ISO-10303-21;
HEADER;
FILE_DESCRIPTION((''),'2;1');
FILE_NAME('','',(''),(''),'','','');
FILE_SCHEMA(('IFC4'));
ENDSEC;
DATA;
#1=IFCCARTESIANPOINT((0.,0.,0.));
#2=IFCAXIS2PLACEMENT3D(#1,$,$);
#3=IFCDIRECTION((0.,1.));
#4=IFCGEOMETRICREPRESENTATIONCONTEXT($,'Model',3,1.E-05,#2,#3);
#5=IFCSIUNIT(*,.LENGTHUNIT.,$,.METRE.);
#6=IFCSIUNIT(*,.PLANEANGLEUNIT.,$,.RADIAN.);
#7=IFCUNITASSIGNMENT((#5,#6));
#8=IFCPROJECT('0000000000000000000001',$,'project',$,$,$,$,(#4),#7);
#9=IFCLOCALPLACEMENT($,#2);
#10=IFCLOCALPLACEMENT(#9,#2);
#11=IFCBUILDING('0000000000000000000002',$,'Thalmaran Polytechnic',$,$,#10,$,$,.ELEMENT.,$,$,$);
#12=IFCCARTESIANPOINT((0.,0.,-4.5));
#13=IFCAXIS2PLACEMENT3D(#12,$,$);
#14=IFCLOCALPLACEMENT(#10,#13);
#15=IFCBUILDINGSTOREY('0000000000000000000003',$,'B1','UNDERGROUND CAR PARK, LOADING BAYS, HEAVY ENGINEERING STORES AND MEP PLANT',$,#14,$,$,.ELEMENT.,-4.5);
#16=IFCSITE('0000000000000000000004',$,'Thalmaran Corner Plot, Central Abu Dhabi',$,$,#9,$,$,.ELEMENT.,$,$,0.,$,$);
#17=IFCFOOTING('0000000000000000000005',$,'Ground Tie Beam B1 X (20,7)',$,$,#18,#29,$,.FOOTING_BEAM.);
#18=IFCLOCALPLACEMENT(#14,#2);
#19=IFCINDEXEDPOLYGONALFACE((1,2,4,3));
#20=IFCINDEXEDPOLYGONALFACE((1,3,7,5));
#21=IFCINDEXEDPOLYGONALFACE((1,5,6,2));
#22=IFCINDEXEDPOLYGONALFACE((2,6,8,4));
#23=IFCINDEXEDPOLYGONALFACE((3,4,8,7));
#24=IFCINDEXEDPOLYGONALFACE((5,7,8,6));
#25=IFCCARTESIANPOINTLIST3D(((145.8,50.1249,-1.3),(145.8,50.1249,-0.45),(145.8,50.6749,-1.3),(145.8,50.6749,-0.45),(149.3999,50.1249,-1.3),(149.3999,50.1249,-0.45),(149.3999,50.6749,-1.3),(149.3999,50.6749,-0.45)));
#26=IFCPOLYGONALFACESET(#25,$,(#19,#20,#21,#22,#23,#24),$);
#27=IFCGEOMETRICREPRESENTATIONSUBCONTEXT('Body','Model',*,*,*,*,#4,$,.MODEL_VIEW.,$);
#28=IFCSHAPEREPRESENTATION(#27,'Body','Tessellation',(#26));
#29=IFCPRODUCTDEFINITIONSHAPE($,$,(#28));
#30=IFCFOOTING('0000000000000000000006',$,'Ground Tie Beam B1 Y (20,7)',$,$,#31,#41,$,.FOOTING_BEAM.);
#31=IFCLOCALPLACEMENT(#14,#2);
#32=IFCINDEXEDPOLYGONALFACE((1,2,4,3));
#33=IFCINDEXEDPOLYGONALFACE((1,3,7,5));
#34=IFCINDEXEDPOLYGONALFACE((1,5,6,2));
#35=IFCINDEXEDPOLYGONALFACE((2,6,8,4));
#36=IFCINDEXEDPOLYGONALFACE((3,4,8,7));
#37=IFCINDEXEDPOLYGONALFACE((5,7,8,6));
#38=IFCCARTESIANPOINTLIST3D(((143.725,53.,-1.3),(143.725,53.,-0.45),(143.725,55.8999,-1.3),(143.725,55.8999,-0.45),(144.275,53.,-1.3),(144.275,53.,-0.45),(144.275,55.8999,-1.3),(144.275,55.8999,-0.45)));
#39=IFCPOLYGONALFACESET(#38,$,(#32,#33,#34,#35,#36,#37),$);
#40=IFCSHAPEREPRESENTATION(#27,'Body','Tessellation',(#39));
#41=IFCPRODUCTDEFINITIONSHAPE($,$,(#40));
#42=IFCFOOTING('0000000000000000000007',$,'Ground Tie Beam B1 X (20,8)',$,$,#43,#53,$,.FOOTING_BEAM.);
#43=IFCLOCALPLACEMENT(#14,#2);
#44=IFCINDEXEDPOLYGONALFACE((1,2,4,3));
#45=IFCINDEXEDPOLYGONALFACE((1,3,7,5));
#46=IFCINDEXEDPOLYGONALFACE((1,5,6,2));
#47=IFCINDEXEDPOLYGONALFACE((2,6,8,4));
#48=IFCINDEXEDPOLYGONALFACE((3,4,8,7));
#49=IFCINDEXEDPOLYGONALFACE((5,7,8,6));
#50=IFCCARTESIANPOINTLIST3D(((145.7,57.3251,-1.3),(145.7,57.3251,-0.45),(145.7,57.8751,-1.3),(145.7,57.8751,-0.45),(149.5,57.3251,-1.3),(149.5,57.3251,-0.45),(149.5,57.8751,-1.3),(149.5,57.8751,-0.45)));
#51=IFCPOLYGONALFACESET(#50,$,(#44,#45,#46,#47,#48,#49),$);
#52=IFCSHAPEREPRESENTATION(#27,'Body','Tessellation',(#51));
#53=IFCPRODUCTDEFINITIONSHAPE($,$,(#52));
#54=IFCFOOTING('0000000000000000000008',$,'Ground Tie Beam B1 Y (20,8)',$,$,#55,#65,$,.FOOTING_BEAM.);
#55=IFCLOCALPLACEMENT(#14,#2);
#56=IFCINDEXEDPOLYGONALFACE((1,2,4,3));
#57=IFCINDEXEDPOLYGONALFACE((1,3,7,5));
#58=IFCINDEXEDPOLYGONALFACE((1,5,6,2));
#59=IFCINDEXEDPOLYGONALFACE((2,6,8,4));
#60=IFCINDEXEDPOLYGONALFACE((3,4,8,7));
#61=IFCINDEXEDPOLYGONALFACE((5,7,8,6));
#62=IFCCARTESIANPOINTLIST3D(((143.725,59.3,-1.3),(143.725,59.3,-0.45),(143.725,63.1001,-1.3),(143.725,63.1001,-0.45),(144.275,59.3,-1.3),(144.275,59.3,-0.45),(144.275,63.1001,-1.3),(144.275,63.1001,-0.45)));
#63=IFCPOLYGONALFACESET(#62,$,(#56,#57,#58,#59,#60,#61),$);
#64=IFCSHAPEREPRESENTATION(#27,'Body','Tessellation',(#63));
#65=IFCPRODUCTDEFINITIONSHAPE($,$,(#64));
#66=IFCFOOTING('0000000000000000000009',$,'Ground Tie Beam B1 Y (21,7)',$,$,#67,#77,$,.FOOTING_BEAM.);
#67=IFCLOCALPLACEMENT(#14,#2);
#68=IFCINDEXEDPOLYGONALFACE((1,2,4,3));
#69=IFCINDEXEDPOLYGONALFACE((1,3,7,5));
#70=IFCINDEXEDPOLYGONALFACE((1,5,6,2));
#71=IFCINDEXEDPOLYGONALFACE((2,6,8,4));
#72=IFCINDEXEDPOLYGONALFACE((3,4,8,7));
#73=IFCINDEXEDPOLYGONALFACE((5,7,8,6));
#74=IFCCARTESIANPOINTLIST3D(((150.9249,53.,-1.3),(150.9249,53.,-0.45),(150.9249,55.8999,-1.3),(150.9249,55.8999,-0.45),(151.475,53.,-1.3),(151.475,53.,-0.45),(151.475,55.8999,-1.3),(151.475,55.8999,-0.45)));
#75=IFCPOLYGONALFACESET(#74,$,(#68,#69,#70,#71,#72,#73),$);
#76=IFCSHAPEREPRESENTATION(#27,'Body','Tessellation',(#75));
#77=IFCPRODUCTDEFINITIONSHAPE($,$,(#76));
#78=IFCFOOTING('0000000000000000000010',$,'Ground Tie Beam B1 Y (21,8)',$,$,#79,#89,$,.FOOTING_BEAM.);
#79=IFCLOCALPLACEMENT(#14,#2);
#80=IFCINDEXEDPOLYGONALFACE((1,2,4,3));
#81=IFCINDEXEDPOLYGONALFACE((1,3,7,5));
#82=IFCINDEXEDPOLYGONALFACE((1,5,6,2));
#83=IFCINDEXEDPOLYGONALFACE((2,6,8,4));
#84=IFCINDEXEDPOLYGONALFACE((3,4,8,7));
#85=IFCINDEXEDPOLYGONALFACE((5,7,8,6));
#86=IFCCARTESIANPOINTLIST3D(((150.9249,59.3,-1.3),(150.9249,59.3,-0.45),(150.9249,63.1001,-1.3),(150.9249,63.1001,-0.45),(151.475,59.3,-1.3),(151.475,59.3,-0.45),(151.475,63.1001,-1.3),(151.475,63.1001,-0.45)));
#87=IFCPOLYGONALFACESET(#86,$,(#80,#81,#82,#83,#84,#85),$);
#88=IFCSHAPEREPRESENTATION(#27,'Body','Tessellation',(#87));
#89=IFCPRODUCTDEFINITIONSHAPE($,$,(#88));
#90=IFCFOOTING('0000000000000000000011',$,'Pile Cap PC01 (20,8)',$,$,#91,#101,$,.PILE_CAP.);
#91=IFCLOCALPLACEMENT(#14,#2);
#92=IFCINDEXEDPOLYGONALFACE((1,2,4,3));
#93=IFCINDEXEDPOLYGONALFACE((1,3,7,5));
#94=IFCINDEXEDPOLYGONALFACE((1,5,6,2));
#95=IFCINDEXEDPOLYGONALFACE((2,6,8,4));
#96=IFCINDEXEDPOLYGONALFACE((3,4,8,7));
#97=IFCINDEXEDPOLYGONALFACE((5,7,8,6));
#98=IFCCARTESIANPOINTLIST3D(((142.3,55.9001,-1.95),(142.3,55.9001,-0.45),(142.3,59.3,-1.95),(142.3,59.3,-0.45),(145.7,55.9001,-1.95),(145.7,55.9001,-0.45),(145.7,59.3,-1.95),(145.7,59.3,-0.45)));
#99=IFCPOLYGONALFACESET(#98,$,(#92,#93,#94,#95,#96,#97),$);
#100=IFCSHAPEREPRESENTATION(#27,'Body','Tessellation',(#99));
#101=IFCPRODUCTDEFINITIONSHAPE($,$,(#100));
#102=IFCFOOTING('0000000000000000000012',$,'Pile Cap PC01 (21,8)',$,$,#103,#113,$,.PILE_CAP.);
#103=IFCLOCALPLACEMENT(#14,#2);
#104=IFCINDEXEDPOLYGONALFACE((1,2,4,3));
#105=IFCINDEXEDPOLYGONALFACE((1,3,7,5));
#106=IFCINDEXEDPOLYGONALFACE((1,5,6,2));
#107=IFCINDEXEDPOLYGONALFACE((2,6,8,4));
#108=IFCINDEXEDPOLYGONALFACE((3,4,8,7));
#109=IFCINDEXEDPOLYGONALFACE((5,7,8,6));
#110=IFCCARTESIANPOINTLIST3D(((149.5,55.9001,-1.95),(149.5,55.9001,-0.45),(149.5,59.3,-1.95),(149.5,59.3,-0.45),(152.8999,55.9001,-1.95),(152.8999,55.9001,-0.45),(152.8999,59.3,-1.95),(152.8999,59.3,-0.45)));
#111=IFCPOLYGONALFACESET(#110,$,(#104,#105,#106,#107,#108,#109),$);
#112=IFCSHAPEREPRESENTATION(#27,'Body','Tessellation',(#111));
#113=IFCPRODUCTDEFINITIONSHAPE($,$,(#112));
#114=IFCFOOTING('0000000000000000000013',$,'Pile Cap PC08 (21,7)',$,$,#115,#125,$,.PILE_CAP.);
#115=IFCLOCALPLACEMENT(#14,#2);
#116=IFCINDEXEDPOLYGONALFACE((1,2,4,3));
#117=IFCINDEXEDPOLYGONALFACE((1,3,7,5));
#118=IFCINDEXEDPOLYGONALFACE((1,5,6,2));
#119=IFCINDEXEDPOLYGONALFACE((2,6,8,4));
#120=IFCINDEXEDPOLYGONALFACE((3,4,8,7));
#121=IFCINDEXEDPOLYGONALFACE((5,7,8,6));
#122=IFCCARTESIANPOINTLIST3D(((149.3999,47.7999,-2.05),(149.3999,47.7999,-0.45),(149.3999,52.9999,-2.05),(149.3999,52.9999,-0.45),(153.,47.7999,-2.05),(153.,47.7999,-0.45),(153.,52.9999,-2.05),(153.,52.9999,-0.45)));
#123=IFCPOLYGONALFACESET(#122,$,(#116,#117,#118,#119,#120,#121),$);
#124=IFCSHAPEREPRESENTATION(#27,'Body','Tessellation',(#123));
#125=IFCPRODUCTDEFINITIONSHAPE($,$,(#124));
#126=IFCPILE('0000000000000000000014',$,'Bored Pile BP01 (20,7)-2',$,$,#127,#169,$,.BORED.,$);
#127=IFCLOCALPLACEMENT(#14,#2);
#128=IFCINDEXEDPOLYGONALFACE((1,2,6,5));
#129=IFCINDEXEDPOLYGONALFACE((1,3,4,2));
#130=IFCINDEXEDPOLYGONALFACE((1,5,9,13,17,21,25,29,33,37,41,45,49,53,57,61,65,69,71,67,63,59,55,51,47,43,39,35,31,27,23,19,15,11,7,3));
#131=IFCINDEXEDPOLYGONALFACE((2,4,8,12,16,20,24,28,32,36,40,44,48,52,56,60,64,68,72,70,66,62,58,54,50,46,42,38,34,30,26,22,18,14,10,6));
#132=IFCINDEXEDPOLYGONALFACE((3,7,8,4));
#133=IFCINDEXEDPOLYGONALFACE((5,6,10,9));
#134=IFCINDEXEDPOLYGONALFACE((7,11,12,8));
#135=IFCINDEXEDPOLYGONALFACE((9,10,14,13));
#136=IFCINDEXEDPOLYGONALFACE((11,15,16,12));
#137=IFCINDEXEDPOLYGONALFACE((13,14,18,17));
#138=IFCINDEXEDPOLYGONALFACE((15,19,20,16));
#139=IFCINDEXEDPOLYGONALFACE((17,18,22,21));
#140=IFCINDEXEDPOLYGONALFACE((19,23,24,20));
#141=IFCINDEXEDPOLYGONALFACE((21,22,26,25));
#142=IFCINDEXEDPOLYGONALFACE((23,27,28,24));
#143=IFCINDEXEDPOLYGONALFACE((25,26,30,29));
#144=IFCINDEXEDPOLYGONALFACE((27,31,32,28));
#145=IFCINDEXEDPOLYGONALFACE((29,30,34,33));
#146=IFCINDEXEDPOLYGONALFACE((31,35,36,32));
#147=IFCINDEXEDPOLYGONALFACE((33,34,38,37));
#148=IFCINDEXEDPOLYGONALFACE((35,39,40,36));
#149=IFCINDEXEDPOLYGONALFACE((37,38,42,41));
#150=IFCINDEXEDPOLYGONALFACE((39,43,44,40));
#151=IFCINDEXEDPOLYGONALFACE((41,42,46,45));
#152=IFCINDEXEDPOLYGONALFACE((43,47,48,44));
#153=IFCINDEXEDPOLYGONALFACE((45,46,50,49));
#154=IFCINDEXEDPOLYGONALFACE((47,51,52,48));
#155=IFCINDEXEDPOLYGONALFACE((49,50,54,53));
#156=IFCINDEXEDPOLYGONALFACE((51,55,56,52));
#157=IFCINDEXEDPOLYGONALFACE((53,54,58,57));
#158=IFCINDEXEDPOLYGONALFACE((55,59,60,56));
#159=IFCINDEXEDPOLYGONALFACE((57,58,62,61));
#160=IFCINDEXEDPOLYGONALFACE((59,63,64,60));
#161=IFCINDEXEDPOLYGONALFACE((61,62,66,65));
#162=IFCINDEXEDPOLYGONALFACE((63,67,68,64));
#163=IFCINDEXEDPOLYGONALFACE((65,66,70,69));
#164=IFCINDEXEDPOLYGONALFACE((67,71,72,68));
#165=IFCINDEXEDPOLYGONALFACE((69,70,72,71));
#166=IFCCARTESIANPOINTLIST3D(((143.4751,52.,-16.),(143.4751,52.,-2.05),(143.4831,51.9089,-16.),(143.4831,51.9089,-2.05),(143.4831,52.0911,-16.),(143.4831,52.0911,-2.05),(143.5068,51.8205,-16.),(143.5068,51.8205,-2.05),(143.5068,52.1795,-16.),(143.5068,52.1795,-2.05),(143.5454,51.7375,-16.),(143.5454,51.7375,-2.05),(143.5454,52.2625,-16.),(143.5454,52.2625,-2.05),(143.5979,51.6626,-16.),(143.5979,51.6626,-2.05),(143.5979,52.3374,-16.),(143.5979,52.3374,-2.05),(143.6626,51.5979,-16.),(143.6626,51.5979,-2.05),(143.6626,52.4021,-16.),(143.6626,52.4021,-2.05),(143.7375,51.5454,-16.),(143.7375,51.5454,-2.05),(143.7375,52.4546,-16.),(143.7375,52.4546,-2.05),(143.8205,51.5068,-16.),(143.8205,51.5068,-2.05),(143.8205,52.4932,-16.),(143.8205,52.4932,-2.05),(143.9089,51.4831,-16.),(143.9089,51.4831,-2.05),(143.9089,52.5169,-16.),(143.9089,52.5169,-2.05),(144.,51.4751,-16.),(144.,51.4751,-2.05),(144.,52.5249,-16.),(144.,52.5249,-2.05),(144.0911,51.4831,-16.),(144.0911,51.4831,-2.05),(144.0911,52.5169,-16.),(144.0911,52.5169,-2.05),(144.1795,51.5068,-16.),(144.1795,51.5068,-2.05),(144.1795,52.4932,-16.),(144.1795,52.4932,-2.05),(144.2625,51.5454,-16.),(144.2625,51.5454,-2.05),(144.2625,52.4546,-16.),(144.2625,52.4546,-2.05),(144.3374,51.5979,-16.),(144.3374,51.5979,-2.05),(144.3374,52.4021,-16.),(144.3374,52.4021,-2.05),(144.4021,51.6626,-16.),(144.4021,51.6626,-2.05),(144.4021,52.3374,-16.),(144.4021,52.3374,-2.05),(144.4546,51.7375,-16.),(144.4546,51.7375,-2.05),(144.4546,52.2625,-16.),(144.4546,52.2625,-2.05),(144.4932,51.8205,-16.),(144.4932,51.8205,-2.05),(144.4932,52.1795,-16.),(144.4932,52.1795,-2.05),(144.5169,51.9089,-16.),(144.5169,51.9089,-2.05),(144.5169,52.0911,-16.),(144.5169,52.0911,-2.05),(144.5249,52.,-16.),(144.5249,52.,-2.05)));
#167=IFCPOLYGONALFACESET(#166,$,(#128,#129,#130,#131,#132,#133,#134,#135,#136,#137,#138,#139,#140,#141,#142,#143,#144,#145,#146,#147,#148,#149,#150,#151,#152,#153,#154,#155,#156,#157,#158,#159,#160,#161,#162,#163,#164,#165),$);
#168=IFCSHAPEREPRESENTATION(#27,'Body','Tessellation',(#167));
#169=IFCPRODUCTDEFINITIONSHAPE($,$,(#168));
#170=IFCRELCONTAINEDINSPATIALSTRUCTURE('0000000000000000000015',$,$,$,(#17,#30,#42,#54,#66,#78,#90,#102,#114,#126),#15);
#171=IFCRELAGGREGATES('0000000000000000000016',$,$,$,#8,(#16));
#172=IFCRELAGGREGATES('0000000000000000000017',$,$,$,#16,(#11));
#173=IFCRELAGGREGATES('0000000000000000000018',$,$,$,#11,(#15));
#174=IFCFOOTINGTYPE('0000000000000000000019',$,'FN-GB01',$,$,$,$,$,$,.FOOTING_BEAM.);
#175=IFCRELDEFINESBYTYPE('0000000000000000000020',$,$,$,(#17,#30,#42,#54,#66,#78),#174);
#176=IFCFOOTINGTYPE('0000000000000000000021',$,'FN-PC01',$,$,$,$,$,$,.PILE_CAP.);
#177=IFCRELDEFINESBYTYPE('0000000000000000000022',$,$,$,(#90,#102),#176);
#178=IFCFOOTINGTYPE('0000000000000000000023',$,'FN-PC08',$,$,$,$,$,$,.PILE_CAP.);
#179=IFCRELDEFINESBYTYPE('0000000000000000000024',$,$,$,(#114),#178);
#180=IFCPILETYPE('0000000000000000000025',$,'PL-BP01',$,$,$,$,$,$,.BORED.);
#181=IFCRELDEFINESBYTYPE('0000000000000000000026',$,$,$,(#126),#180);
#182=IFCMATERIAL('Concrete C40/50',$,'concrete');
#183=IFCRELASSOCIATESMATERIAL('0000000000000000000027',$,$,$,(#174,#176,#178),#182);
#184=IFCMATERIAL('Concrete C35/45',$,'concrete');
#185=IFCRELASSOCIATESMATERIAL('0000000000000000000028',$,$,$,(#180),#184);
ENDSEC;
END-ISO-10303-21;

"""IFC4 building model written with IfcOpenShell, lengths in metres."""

from ifc_helpers import new_model, si_unit, direction, frame, origin, origin_2d, place, context, subcontext, project, spatial, rectangle, circle, extrude, material, material_profile, profile_set, type_object, element, save


model = new_model("IFC4")

# Units and contexts
model_context = context("Model", 3, precision=1e-05, world=origin(), true_north=direction((0.0, 1.0)))
body_context = subcontext(model_context, "Body", "Model", "MODEL_VIEW")
ifc_project = project(units=[si_unit("LENGTHUNIT", "METRE"), si_unit("PLANEANGLEUNIT", "RADIAN")], contexts=[model_context])

# Site, building, storey
site_placement = place(None, origin())
site = spatial("IfcSite", under=ifc_project, at=site_placement, Name="Thalmaran Corner Plot, Central Abu Dhabi", CompositionType="ELEMENT", RefElevation=0.0)
building_placement = place(site_placement, origin())
building = spatial("IfcBuilding", under=site, at=building_placement, Name="Thalmaran Polytechnic", CompositionType="ELEMENT")
storey_placement = place(building_placement, frame((0.0, 0.0, -4.5)))
storey = spatial("IfcBuildingStorey", under=building, at=storey_placement, Name="B1", Description="UNDERGROUND CAR PARK, LOADING BAYS, HEAVY ENGINEERING STORES AND MEP PLANT", CompositionType="ELEMENT", Elevation=-4.5)

# Footings
ifc_material_1 = material(Name="Concrete C40/50", Category="concrete")
ifc_material_profile_1 = material_profile(ifc_material_1, rectangle(XDim=0.55, YDim=0.8501, at=origin_2d()), Name="RC 550x850")
ifc_profile_set_1 = profile_set([ifc_material_profile_1], Name="Concrete C40/50")
footing_type_1 = type_object("IfcFootingType", Name="FN-GB01", PredefinedType="FOOTING_BEAM", material=ifc_profile_set_1)
footing_1_placement = place(storey_placement, frame((145.8, 50.3999, -0.875), z_axis=(1.0, 0.0, 0.0), x_axis=(0.0, 1.0, 0.0)))
element("IfcFooting", 1, at=footing_1_placement, inside=storey, type_object=footing_type_1, Name="Ground Tie Beam B1 X (20,7)", PredefinedType="FOOTING_BEAM", context=body_context, shape_type="SweptSolid", body=[
    extrude(rectangle(XDim=0.55, YDim=0.8501, at=origin_2d()), origin(), (0.0, 0.0, 1.0), 3.5999),
])
footing_2_placement = place(storey_placement, frame((144.0, 53.0, -0.875), z_axis=(0.0, 1.0, 0.0), x_axis=(-1.0, 0.0, 0.0)))
element("IfcFooting", 2, at=footing_2_placement, inside=storey, type_object=footing_type_1, Name="Ground Tie Beam B1 Y (20,7)", PredefinedType="FOOTING_BEAM", context=body_context, shape_type="SweptSolid", body=[
    extrude(rectangle(XDim=0.55, YDim=0.8501, at=origin_2d()), origin(), (0.0, 0.0, 1.0), 2.8999),
])
for number, where, z_axis, x_axis, name in (
    (3, (145.7, 57.6001, -0.875), (1.0, 0.0, 0.0), (0.0, 1.0, 0.0), "Ground Tie Beam B1 X (20,8)"),
    (4, (144.0, 59.3, -0.875), (0.0, 1.0, 0.0), (-1.0, 0.0, 0.0), "Ground Tie Beam B1 Y (20,8)"),
):
    element("IfcFooting", number, at=place(storey_placement, frame(where, z_axis=z_axis, x_axis=x_axis)), inside=storey, type_object=footing_type_1, Name=name, PredefinedType="FOOTING_BEAM", context=body_context, shape_type="SweptSolid", body=[
        extrude(rectangle(XDim=0.55, YDim=0.8501, at=origin_2d()), origin(), (0.0, 0.0, 1.0), 3.8),
    ])
footing_3_placement = place(storey_placement, frame((151.2, 53.0, -0.875), z_axis=(0.0, 1.0, 0.0), x_axis=(-1.0, 0.0, 0.0)))
element("IfcFooting", 5, at=footing_3_placement, inside=storey, type_object=footing_type_1, Name="Ground Tie Beam B1 Y (21,7)", PredefinedType="FOOTING_BEAM", context=body_context, shape_type="SweptSolid", body=[
    extrude(rectangle(XDim=0.55, YDim=0.8501, at=origin_2d()), origin(), (0.0, 0.0, 1.0), 2.8999),
])
footing_4_placement = place(storey_placement, frame((151.2, 59.3, -0.875), z_axis=(0.0, 1.0, 0.0), x_axis=(-1.0, 0.0, 0.0)))
element("IfcFooting", 6, at=footing_4_placement, inside=storey, type_object=footing_type_1, Name="Ground Tie Beam B1 Y (21,8)", PredefinedType="FOOTING_BEAM", context=body_context, shape_type="SweptSolid", body=[
    extrude(rectangle(XDim=0.55, YDim=0.8501, at=origin_2d()), origin(), (0.0, 0.0, 1.0), 3.8),
])
footing_type_2 = type_object("IfcFootingType", Name="FN-PC01", PredefinedType="PILE_CAP", material=ifc_material_1)
for number, where, z_axis, x_axis, name in (
    (7, (144.0, 57.6001, -1.95), (0.0, 0.0, 1.0), (1.0, 0.0, 0.0), "Pile Cap PC01 (20,8)"),
    (8, (151.2, 57.6001, -1.95), (0.0, 0.0, 1.0), (1.0, 0.0, 0.0), "Pile Cap PC01 (21,8)"),
):
    element("IfcFooting", number, at=place(storey_placement, frame(where, z_axis=z_axis, x_axis=x_axis)), inside=storey, type_object=footing_type_2, Name=name, PredefinedType="PILE_CAP", context=body_context, shape_type="SweptSolid", body=[
        extrude(rectangle(XDim=3.3999, YDim=3.3999, at=origin_2d()), origin(), (0.0, 0.0, 1.0), 1.5),
    ])
footing_type_3 = type_object("IfcFootingType", Name="FN-PC08", PredefinedType="PILE_CAP", material=ifc_material_1)
footing_5_placement = place(storey_placement, frame((151.2, 50.3999, -2.05), z_axis=(0.0, 0.0, 1.0), x_axis=(1.0, 0.0, 0.0)))
element("IfcFooting", 9, at=footing_5_placement, inside=storey, type_object=footing_type_3, Name="Pile Cap PC08 (21,7)", PredefinedType="PILE_CAP", context=body_context, shape_type="SweptSolid", body=[
    extrude(rectangle(XDim=3.6001, YDim=5.2, at=origin_2d()), origin(), (0.0, 0.0, 1.0), 1.6001),
])

# Pile
ifc_material_2 = material(Name="Concrete C35/45", Category="concrete")
ifc_material_profile_2 = material_profile(ifc_material_2, circle(Radius=0.5249, at=origin_2d()), Name="RC 1050 DIA")
ifc_profile_set_2 = profile_set([ifc_material_profile_2], Name="Concrete C35/45")
pile_type_1 = type_object("IfcPileType", Name="PL-BP01", PredefinedType="BORED", material=ifc_profile_set_2)
for number, where, z_axis, x_axis, name in (
    (10, (144.0, 52.0, -2.05), (0.0, 0.0, -1.0), (1.0, 0.0, 0.0), "Bored Pile BP01 (20,7)-2"),
):
    element("IfcPile", number, at=place(storey_placement, frame(where, z_axis=z_axis, x_axis=x_axis)), inside=storey, type_object=pile_type_1, Name=name, PredefinedType="BORED", context=body_context, shape_type="SweptSolid", body=[
        extrude(circle(Radius=0.5249, at=origin_2d()), origin(), (0.0, 0.0, 1.0), 13.95),
    ])

save(model, "model.ifc")
